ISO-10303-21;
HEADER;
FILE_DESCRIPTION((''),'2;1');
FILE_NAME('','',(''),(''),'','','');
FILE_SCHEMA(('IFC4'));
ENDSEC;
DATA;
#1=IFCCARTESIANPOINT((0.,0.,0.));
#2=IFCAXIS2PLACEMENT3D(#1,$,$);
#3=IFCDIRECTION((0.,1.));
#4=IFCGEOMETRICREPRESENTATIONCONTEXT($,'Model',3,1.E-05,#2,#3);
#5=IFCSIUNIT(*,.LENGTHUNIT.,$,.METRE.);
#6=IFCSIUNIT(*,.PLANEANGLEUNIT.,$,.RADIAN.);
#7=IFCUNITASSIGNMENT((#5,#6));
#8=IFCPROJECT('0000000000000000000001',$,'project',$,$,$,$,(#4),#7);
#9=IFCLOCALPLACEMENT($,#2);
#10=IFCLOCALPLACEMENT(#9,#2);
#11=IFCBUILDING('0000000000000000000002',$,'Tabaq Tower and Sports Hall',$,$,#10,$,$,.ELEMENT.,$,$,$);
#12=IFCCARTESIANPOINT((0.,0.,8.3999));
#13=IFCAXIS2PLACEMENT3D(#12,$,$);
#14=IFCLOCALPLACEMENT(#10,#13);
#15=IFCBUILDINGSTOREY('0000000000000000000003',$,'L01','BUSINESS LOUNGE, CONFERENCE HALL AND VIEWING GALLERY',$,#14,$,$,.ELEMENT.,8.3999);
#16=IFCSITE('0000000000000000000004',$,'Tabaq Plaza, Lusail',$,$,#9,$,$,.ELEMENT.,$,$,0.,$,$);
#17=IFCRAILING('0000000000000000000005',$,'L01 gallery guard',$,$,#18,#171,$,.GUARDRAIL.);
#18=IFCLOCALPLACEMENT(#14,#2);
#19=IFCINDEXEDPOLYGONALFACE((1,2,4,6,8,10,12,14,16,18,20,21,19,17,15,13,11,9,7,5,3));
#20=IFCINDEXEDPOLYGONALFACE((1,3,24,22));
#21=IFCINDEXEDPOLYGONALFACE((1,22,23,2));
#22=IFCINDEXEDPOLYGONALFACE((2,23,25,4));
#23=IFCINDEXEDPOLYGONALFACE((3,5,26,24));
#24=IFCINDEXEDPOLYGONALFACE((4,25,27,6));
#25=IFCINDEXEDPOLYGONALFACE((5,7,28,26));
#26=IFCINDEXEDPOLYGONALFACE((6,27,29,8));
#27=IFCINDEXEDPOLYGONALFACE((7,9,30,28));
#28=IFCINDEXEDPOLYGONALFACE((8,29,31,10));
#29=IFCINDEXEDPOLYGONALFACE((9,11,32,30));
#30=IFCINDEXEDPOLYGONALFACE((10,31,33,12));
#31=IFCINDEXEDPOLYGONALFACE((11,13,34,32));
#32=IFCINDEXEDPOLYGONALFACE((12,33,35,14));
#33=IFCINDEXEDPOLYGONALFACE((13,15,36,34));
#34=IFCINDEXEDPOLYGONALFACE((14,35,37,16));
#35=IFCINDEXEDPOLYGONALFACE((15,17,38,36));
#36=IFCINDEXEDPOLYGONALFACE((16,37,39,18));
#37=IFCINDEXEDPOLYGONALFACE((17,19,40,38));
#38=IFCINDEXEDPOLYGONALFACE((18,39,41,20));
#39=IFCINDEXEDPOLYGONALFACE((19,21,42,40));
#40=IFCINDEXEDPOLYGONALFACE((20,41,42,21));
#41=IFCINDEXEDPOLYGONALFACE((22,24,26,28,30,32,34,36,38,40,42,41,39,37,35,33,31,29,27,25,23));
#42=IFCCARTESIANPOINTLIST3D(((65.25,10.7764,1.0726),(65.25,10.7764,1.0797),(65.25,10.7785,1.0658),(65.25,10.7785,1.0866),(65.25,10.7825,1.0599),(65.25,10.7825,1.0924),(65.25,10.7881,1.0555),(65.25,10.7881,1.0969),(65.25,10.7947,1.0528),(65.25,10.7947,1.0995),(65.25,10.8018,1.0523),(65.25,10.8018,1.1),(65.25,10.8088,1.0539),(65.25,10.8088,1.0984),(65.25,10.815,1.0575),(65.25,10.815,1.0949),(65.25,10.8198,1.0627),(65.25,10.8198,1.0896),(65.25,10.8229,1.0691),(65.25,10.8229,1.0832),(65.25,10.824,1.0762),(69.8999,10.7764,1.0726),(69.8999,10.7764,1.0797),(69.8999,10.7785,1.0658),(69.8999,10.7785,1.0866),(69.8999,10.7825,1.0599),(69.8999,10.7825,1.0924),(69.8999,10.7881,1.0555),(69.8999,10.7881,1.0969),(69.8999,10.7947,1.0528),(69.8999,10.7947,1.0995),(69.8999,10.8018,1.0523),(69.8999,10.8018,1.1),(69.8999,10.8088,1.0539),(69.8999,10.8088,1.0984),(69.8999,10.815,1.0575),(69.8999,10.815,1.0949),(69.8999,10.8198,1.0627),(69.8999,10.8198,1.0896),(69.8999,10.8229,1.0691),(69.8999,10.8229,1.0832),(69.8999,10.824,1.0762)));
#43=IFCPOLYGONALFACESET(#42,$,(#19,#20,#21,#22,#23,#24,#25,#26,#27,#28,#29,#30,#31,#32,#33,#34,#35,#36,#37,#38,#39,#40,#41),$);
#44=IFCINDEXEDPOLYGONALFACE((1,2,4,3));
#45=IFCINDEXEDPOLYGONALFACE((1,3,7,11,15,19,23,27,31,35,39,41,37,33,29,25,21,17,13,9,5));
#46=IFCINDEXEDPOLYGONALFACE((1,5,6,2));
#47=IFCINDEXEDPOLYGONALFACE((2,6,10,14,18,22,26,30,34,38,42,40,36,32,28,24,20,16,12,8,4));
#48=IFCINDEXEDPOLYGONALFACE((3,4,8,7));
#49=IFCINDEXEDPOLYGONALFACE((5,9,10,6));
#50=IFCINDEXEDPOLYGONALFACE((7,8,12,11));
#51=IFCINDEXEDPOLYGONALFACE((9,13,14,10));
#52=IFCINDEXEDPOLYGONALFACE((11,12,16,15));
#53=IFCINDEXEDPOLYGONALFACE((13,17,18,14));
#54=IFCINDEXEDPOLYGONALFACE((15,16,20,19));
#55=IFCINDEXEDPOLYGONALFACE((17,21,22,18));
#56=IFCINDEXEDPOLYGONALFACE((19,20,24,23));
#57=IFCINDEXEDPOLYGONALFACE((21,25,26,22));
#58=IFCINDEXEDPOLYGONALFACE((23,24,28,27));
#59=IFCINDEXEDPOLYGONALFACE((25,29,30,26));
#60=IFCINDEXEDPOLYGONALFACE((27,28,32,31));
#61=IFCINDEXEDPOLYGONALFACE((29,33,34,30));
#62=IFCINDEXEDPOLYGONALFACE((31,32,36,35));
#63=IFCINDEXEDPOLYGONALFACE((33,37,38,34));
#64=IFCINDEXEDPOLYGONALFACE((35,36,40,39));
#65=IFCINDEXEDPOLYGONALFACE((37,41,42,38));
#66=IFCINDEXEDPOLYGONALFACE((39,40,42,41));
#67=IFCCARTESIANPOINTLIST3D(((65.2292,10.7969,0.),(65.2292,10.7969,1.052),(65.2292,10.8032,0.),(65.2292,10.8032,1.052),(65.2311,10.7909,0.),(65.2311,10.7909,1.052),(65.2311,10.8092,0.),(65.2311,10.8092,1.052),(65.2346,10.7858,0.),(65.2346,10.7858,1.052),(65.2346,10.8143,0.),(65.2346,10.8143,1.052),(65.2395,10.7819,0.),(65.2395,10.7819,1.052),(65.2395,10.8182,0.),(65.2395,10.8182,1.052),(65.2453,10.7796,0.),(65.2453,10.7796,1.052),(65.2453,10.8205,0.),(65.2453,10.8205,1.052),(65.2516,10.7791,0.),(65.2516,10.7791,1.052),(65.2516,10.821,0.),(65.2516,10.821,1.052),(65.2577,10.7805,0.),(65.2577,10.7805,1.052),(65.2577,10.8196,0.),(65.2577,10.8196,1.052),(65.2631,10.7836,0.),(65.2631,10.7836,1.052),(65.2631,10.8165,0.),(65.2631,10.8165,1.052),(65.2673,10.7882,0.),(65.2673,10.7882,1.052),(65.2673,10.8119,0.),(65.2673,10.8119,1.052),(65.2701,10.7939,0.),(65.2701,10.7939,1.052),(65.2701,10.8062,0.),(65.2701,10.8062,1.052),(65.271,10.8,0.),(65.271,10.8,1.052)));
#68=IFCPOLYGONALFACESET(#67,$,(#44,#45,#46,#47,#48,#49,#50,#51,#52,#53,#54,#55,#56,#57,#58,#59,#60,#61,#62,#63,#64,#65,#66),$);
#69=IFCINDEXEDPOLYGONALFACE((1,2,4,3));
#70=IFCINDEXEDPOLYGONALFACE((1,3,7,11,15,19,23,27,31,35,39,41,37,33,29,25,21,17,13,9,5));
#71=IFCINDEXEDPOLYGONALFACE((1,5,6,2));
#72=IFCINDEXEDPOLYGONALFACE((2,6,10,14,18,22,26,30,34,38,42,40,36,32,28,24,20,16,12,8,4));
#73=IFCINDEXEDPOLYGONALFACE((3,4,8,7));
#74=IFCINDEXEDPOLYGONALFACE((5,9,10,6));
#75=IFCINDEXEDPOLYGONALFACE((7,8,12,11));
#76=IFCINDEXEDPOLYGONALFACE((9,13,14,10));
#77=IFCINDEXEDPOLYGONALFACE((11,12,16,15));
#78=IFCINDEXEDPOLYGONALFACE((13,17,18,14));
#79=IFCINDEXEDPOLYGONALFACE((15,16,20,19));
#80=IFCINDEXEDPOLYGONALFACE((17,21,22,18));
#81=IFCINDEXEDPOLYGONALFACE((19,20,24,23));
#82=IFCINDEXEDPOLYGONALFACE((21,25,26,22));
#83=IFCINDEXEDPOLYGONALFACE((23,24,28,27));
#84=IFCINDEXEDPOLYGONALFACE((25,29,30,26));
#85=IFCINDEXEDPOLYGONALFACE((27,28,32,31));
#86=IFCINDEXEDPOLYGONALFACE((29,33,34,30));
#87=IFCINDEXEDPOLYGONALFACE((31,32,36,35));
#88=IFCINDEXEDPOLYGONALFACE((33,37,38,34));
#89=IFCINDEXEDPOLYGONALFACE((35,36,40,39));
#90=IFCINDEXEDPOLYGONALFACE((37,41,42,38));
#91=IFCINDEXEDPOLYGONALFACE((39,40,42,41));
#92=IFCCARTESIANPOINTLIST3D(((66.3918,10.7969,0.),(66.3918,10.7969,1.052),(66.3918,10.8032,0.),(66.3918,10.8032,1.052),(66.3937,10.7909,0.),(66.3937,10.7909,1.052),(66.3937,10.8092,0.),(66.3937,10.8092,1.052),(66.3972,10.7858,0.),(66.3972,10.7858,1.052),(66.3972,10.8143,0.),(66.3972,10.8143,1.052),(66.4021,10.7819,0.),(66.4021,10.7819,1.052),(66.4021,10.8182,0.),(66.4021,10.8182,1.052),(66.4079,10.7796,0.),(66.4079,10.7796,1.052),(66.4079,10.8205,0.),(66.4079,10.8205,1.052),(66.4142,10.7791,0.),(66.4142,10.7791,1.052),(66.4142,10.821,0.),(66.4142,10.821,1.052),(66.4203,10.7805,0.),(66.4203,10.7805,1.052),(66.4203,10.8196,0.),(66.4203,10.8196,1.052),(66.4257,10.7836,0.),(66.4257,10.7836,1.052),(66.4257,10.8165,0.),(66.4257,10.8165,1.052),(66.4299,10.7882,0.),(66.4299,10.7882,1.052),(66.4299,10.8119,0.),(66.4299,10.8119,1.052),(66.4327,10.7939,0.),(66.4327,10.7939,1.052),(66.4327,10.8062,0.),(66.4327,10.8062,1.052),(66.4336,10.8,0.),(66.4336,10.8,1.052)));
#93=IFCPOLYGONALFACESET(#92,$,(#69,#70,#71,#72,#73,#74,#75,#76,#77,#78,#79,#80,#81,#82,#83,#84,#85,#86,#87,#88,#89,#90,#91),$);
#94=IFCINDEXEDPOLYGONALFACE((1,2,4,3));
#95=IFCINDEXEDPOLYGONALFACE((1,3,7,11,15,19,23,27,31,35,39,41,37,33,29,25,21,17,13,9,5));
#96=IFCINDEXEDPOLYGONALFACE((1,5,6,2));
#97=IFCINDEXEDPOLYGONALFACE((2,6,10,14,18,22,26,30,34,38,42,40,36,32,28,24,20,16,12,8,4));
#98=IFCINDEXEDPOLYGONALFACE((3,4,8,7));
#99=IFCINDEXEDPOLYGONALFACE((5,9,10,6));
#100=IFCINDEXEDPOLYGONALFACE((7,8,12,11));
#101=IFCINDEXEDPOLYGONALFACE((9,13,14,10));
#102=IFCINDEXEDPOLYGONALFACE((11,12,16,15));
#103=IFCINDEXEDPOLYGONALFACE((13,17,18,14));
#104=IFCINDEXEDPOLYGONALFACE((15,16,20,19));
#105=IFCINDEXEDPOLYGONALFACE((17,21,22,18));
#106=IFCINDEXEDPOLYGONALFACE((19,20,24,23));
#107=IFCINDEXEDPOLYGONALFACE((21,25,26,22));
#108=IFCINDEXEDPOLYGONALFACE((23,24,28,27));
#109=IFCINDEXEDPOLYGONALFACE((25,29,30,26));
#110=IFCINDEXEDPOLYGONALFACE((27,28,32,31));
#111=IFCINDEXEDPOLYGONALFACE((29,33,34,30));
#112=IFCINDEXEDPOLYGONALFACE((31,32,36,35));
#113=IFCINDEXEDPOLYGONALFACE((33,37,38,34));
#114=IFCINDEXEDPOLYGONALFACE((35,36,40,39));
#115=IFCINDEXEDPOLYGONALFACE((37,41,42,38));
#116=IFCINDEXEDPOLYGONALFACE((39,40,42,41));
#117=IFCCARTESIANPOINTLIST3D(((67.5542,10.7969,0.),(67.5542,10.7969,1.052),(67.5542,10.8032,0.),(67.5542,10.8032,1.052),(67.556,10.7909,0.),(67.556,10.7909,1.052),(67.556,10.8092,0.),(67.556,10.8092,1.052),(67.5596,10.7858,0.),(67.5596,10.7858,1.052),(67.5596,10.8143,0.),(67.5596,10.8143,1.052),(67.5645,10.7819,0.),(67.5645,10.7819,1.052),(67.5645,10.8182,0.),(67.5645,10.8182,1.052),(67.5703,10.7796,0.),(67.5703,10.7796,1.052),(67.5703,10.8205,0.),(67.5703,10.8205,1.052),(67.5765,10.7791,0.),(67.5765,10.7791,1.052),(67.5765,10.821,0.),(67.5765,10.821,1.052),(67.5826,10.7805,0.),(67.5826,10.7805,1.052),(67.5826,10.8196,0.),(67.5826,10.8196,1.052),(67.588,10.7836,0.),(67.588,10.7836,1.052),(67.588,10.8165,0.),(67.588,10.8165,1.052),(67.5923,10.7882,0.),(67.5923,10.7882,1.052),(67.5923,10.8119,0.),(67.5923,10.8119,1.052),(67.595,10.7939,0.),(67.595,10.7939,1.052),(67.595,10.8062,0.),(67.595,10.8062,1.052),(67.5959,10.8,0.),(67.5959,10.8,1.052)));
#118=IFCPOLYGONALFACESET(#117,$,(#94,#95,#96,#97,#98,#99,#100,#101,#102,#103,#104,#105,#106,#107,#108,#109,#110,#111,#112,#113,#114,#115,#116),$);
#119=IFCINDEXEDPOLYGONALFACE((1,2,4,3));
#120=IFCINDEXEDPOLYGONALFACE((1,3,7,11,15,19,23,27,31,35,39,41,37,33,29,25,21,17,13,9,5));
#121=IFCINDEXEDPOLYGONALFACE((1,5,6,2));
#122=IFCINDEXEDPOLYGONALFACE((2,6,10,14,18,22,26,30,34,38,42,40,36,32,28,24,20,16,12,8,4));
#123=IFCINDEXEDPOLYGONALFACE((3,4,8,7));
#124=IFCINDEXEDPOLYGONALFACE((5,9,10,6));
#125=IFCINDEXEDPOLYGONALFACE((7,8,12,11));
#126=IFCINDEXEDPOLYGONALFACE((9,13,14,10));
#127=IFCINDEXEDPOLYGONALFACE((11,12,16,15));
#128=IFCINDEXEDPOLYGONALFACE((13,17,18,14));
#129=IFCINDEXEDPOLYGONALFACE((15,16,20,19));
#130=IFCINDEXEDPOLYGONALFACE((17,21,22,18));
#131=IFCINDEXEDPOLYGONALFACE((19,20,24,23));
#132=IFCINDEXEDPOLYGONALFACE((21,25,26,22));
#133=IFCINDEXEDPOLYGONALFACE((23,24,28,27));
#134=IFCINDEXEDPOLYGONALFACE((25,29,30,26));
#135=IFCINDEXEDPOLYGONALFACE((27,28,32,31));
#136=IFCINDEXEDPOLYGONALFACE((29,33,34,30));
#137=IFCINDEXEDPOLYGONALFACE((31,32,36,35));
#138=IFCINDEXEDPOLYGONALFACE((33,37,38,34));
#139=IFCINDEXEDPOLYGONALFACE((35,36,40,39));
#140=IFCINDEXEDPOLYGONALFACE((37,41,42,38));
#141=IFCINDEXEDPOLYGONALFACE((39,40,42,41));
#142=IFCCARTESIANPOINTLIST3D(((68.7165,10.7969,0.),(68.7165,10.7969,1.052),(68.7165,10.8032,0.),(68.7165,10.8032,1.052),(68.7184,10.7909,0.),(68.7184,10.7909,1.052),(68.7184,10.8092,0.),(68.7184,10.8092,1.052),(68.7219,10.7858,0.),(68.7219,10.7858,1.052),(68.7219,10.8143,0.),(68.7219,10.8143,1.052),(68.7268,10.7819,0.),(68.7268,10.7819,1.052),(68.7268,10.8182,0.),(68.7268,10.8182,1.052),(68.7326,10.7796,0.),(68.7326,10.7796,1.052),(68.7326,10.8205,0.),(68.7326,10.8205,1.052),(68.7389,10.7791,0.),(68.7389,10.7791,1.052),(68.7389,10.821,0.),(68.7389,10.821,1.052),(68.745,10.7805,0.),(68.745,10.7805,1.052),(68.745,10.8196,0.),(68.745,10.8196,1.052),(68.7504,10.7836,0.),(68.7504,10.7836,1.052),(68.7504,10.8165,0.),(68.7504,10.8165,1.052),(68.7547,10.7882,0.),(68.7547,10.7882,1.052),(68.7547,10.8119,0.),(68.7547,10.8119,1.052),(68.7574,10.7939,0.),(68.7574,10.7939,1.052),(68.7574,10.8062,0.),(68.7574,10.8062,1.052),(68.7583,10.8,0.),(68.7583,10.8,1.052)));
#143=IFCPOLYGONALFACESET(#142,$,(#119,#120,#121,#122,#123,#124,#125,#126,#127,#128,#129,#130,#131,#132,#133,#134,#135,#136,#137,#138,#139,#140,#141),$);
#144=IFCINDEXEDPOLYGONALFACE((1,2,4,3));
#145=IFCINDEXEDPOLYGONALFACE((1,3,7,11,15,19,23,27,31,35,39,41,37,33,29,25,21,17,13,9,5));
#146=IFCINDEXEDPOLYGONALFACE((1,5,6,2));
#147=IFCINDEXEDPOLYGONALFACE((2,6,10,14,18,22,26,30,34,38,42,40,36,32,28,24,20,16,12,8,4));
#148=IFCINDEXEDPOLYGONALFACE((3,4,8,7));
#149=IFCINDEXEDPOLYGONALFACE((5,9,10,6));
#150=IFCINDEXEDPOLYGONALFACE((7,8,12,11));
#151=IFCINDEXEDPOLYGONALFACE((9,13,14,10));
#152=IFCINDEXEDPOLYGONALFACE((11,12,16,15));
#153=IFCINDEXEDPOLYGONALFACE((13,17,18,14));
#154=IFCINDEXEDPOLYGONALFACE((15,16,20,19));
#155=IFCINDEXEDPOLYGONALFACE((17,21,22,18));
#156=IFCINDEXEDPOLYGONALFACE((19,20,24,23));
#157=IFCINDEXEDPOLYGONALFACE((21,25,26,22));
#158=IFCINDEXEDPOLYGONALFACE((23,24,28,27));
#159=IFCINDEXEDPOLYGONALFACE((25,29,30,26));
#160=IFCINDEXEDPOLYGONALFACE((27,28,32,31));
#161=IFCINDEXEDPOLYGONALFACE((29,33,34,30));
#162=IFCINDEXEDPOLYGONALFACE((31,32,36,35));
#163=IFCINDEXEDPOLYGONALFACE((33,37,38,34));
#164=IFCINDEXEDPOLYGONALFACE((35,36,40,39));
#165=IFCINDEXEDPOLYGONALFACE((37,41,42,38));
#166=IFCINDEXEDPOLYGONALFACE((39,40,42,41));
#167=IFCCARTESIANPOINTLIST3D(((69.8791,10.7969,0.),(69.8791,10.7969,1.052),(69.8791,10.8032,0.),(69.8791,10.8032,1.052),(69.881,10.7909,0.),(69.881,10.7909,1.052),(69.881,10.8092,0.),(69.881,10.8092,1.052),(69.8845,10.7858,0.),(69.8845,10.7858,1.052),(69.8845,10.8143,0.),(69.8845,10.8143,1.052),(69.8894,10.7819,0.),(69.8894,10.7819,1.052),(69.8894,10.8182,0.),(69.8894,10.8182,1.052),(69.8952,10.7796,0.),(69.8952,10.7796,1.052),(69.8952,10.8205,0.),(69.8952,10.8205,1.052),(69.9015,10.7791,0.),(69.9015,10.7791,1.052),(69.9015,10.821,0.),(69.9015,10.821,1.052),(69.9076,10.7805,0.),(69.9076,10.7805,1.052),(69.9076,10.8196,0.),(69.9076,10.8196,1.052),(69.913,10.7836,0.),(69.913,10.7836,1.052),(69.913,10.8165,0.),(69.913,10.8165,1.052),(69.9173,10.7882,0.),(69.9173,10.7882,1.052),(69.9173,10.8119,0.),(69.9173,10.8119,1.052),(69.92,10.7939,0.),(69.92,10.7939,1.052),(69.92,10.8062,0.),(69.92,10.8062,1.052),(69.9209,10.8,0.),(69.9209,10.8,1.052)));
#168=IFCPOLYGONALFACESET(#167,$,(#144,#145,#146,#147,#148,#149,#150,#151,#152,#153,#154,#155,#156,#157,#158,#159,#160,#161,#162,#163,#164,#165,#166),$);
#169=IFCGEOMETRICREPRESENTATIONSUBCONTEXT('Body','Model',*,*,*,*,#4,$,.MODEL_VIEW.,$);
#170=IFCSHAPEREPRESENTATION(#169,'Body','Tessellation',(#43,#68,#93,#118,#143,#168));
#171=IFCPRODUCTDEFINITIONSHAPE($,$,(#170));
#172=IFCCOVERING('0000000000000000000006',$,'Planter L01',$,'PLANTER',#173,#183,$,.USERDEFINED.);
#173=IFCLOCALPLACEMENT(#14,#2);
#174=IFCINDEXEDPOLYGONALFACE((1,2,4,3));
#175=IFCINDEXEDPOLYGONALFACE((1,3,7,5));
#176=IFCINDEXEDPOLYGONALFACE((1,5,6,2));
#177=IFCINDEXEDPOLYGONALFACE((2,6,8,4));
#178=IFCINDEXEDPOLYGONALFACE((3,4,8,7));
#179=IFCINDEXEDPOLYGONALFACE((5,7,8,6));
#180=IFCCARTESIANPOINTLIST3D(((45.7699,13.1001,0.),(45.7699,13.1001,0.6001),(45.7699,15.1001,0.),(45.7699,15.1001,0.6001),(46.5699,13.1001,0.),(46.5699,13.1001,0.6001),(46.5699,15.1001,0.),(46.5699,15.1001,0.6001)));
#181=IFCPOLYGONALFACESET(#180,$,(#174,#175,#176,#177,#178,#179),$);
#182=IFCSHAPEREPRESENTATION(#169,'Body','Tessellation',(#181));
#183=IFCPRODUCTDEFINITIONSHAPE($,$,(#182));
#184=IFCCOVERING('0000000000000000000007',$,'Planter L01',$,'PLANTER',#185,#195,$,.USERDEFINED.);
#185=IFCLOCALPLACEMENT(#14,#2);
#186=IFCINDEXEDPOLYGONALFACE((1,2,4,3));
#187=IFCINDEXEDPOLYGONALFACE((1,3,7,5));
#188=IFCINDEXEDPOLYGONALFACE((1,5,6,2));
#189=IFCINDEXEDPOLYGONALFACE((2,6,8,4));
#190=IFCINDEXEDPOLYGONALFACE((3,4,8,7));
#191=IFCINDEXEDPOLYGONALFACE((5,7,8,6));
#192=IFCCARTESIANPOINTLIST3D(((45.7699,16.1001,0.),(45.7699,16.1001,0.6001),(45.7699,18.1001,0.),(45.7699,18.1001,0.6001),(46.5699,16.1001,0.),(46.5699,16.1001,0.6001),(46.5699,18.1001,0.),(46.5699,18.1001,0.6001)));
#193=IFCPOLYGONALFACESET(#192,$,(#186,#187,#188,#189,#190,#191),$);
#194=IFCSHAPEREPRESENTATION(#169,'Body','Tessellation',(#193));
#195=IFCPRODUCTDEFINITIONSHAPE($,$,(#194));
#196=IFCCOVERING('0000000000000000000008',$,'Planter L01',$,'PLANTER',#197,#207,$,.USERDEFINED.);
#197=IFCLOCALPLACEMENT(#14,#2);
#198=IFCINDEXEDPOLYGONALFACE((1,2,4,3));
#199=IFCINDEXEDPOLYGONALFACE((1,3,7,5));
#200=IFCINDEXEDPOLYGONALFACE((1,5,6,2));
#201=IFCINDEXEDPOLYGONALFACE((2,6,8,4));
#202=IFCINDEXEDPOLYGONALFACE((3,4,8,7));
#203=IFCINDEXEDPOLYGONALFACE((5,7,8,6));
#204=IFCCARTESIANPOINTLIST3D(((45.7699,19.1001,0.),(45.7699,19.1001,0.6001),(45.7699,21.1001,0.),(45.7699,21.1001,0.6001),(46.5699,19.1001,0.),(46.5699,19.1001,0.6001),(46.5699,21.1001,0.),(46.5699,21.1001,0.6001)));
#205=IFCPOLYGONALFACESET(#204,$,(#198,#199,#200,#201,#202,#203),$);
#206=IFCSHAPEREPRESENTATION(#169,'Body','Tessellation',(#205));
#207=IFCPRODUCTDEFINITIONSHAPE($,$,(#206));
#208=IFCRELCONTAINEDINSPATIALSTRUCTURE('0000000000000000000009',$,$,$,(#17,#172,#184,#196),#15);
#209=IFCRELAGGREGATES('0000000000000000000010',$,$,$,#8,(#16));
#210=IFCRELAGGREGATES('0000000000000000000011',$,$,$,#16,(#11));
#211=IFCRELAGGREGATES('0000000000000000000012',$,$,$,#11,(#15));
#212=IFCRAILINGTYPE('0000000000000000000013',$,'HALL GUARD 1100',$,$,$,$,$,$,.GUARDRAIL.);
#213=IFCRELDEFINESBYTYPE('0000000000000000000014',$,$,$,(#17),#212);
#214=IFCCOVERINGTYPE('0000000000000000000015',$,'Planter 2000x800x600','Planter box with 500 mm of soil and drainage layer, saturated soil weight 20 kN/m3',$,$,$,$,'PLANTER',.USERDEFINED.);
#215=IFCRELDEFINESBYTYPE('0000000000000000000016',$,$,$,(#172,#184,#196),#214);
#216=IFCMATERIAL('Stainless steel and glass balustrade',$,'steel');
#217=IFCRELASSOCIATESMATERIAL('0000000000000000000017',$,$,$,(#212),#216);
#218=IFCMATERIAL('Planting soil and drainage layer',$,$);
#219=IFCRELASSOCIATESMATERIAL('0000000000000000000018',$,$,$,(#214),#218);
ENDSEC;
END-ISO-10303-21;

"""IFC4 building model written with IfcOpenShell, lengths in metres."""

from ifc_helpers import new_model, si_unit, direction, frame, origin, origin_2d, place, context, subcontext, project, spatial, rectangle, circle, extrude, material, type_object, element, save


model = new_model("IFC4")

# Units and contexts
model_context = context("Model", 3, precision=1e-05, world=origin(), true_north=direction((0.0, 1.0)))
body_context = subcontext(model_context, "Body", "Model", "MODEL_VIEW")
ifc_project = project(units=[si_unit("LENGTHUNIT", "METRE"), si_unit("PLANEANGLEUNIT", "RADIAN")], contexts=[model_context])

# Site, building, storey
site_placement = place(None, origin())
site = spatial("IfcSite", under=ifc_project, at=site_placement, Name="Tabaq Plaza, Lusail", CompositionType="ELEMENT", RefElevation=0.0)
building_placement = place(site_placement, origin())
building = spatial("IfcBuilding", under=site, at=building_placement, Name="Tabaq Tower and Sports Hall", CompositionType="ELEMENT")
storey_placement = place(building_placement, frame((0.0, 0.0, 8.3999)))
storey = spatial("IfcBuildingStorey", under=building, at=storey_placement, Name="L01", Description="BUSINESS LOUNGE, CONFERENCE HALL AND VIEWING GALLERY", CompositionType="ELEMENT", Elevation=8.3999)

# Railing
ifc_material_1 = material(Name="Stainless steel and glass balustrade", Category="steel")
railing_type = type_object("IfcRailingType", Name="HALL GUARD 1100", PredefinedType="GUARDRAIL", material=ifc_material_1)
railing_placement = place(storey_placement, frame((65.25, 10.8, 0.0)))
element("IfcRailing", 1, at=railing_placement, inside=storey, type_object=railing_type, Name="L01 gallery guard", PredefinedType="GUARDRAIL", context=body_context, shape_type="SweptSolid", body=[
    extrude(circle(Radius=0.0239, at=origin_2d()), frame((0.0, 0.0, 1.0762), z_axis=(1.0, 0.0, 0.0), x_axis=(0.0, 1.0, 0.0)), (0.0, 0.0, 1.0), 4.6499),
    extrude(circle(Radius=0.021, at=origin_2d()), origin(), (0.0, 0.0, 1.0), 1.052),
    extrude(circle(Radius=0.021, at=origin_2d()), frame((1.1626, 0.0, 0.0)), (0.0, 0.0, 1.0), 1.052),
    extrude(circle(Radius=0.021, at=origin_2d()), frame((2.325, 0.0, 0.0)), (0.0, 0.0, 1.0), 1.052),
    extrude(circle(Radius=0.021, at=origin_2d()), frame((3.4873, 0.0, 0.0)), (0.0, 0.0, 1.0), 1.052),
    extrude(circle(Radius=0.021, at=origin_2d()), frame((4.6499, 0.0, 0.0)), (0.0, 0.0, 1.0), 1.052),
])

# Coverings
ifc_material_2 = material(Name="Planting soil and drainage layer")
covering_type_1 = type_object("IfcCoveringType", Name="Planter 2000x800x600", Description="Planter box with 500 mm of soil and drainage layer, saturated soil weight 20 kN/m3", ElementType="PLANTER", PredefinedType="USERDEFINED", material=ifc_material_2)
for number, where, z_axis, x_axis, name in (
    (2, (46.1699, 14.1001, 0.0), (0.0, 0.0, 1.0), (0.0, 1.0, 0.0), "Planter L01"),
    (3, (46.1699, 17.1001, 0.0), (0.0, 0.0, 1.0), (0.0, 1.0, 0.0), "Planter L01"),
    (4, (46.1699, 20.1001, 0.0), (0.0, 0.0, 1.0), (0.0, 1.0, 0.0), "Planter L01"),
):
    element("IfcCovering", number, at=place(storey_placement, frame(where, z_axis=z_axis, x_axis=x_axis)), inside=storey, type_object=covering_type_1, Name=name, ObjectType="PLANTER", PredefinedType="USERDEFINED", context=body_context, shape_type="SweptSolid", body=[
        extrude(rectangle(XDim=2.0, YDim=0.8, at=origin_2d()), origin(), (0.0, 0.0, 1.0), 0.6001),
    ])

save(model, "model.ifc")
